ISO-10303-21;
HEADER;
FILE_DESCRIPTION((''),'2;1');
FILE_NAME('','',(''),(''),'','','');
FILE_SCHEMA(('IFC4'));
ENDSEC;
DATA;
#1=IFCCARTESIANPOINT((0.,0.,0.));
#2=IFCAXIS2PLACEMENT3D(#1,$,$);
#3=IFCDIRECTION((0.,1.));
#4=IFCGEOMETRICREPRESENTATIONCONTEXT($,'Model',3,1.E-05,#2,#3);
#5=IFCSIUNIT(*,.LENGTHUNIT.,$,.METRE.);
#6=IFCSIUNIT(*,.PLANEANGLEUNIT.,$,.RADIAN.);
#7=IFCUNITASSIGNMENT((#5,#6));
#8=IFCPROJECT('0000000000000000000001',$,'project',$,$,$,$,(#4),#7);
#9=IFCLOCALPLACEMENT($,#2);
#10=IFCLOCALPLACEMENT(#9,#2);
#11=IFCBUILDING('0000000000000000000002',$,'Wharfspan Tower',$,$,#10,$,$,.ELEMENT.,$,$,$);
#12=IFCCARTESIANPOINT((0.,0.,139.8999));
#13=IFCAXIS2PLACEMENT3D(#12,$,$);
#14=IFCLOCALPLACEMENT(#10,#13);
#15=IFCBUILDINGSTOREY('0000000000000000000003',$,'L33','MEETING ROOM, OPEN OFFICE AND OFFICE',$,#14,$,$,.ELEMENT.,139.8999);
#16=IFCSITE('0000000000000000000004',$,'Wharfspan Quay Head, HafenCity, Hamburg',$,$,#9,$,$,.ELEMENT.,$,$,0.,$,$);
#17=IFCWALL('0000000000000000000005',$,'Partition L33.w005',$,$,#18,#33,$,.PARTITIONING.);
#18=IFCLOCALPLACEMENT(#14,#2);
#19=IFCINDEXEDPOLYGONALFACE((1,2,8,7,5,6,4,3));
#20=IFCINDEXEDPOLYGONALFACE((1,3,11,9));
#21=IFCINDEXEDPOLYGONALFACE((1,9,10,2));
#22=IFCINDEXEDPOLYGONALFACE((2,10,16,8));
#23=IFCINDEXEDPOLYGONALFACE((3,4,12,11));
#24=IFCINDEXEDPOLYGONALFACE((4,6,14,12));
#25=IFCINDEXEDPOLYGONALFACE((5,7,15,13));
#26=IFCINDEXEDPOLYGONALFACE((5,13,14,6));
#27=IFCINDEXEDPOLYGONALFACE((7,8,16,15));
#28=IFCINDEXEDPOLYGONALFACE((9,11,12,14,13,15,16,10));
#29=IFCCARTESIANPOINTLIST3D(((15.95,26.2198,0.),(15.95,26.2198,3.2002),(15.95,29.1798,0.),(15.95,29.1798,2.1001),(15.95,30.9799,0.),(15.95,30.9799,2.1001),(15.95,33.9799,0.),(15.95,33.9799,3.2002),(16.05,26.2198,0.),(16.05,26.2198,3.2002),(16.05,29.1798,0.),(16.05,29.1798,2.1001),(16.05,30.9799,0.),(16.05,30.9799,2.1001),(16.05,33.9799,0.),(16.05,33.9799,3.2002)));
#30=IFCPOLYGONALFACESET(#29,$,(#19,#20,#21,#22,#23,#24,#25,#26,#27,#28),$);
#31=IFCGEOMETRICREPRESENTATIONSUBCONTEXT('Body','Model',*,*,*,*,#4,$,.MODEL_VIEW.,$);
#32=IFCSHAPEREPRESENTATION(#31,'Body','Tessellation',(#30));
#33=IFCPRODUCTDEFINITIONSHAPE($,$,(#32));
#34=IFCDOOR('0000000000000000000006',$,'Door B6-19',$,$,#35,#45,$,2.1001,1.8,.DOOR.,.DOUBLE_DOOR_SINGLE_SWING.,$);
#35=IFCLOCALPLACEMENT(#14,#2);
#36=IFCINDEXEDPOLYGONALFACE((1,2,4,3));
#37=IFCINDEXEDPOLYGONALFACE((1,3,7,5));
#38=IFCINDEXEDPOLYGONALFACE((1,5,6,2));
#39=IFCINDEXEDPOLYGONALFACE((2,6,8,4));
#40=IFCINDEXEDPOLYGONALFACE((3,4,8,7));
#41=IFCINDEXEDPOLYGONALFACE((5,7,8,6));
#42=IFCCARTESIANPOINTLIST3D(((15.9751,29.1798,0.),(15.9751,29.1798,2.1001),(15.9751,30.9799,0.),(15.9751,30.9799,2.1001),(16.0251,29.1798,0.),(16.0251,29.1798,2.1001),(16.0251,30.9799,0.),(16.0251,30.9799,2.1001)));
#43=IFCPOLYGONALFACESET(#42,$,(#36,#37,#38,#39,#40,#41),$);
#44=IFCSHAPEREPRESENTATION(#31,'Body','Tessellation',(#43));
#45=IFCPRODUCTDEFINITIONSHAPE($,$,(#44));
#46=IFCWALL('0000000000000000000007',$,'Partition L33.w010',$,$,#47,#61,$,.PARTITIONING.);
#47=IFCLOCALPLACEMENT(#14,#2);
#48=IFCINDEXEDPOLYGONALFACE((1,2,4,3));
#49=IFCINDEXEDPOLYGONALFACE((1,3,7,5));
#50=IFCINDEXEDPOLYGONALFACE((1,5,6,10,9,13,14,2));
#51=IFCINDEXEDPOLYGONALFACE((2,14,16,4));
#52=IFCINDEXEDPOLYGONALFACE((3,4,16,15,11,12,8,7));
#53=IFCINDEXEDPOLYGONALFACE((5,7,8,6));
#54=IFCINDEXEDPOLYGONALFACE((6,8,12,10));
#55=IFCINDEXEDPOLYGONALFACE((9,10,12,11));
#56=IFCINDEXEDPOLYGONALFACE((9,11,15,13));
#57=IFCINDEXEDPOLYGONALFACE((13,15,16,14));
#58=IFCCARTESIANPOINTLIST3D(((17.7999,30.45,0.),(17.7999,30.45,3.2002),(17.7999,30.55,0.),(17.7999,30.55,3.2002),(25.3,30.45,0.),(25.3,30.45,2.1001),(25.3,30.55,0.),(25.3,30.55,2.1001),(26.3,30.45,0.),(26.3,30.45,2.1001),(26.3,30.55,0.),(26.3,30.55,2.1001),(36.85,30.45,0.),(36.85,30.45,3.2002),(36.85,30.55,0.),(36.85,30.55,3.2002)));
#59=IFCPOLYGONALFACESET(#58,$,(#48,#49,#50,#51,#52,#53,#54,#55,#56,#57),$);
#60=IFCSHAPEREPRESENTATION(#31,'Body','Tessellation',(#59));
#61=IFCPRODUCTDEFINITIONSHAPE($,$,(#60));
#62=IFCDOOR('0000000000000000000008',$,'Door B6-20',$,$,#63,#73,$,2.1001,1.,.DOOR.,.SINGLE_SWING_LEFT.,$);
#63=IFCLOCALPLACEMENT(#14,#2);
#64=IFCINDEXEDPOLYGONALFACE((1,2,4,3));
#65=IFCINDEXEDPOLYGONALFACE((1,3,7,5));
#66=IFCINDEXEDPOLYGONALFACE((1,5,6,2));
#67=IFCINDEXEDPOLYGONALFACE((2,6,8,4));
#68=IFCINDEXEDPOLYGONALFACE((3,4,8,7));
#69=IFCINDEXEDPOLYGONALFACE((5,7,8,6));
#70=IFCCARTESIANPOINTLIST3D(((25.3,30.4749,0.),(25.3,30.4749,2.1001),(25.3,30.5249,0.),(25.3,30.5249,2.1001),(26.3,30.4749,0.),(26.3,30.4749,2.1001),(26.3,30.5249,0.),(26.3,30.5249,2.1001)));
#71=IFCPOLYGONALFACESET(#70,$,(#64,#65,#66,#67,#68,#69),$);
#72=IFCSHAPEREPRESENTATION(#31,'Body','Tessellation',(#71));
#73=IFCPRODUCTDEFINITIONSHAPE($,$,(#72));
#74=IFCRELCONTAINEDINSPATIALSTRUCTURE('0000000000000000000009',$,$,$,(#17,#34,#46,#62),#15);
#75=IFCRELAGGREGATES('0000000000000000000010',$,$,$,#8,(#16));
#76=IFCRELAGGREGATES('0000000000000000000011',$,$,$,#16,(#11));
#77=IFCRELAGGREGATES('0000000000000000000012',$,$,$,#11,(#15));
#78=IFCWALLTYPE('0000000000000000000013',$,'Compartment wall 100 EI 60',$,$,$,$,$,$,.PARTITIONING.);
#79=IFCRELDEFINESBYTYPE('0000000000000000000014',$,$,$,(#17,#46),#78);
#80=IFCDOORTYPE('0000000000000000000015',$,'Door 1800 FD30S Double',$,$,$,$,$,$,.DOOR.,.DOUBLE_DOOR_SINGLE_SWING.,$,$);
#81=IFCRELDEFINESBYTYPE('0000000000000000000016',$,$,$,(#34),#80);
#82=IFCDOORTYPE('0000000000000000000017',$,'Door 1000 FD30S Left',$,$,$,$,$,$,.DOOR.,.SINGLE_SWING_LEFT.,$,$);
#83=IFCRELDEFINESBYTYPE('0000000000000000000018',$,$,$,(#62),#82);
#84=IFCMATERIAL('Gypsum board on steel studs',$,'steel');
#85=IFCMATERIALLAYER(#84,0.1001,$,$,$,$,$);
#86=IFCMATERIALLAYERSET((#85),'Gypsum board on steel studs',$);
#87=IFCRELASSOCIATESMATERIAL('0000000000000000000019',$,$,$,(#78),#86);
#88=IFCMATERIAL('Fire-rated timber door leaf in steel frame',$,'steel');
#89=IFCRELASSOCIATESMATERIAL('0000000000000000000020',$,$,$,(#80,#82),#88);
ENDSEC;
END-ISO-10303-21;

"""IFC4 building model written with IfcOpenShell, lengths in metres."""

from ifc_helpers import new_model, si_unit, direction, frame, frame_2d, origin, place, context, subcontext, project, spatial, rectangle, extrude, material, layer, layer_set, type_object, element, fill, save


model = new_model("IFC4")

# Units and contexts
model_context = context("Model", 3, precision=1e-05, world=origin(), true_north=direction((0.0, 1.0)))
body_context = subcontext(model_context, "Body", "Model", "MODEL_VIEW")
ifc_project = project(units=[si_unit("LENGTHUNIT", "METRE"), si_unit("PLANEANGLEUNIT", "RADIAN")], contexts=[model_context])

# Site, building, storey
site_placement = place(None, origin())
site = spatial("IfcSite", under=ifc_project, at=site_placement, Name="Wharfspan Quay Head, HafenCity, Hamburg", CompositionType="ELEMENT", RefElevation=0.0)
building_placement = place(site_placement, origin())
building = spatial("IfcBuilding", under=site, at=building_placement, Name="Wharfspan Tower", CompositionType="ELEMENT")
storey_placement = place(building_placement, frame((0.0, 0.0, 139.8999)))
storey = spatial("IfcBuildingStorey", under=building, at=storey_placement, Name="L33", Description="MEETING ROOM, OPEN OFFICE AND OFFICE", CompositionType="ELEMENT", Elevation=139.8999)

# Walls, openings, doors
ifc_material_1 = material(Name="Gypsum board on steel studs", Category="steel")
ifc_layer_1 = layer(ifc_material_1, 0.1001)
ifc_layer_set_1 = layer_set([ifc_layer_1], Name="Gypsum board on steel studs")
wall_type_1 = type_object("IfcWallType", Name="Compartment wall 100 EI 60", PredefinedType="PARTITIONING", material=ifc_layer_set_1)
wall_1_placement = place(storey_placement, frame((16.0, 26.22, 0.0), z_axis=(0.0, 0.0, 1.0), x_axis=(0.0, 1.0, 0.0)))
wall_1 = element("IfcWall", 1, at=wall_1_placement, inside=storey, type_object=wall_type_1, Name="Partition L33.w005", PredefinedType="PARTITIONING", context=body_context, shape_type="SweptSolid", body=[
    extrude(rectangle(XDim=7.76, YDim=0.1001, at=frame_2d((3.8799, 0.0))), origin(), (0.0, 0.0, 1.0), 3.2002),
])
opening_1_placement = place(wall_1_placement, frame((2.96, 0.0, 0.0)))
opening_1 = element("IfcOpeningElement", 2, at=opening_1_placement, cuts=wall_1, PredefinedType="OPENING", context=body_context, shape_type="SweptSolid", body=[
    extrude(rectangle(XDim=1.8, YDim=2.1001, at=frame_2d((0.8999, 1.05))), frame((0.0, 0.0601, 0.0), z_axis=(0.0, -1.0, 0.0), x_axis=(1.0, 0.0, 0.0)), (0.0, 0.0, 1.0), 0.1201),
])
ifc_material_2 = material(Name="Fire-rated timber door leaf in steel frame", Category="steel")
door_type_1 = type_object("IfcDoorType", Name="Door 1800 FD30S Double", OperationType="DOUBLE_DOOR_SINGLE_SWING", PredefinedType="DOOR", material=ifc_material_2)
door_1_placement = place(opening_1_placement, origin())
door_1 = element("IfcDoor", 3, at=door_1_placement, inside=storey, type_object=door_type_1, Name="Door B6-19", OperationType="DOUBLE_DOOR_SINGLE_SWING", OverallHeight=2.1001, OverallWidth=1.8, PredefinedType="DOOR", context=body_context, shape_type="SweptSolid", body=[
    extrude(rectangle(XDim=1.8, YDim=2.1001, at=frame_2d((0.8999, 1.05))), frame((0.0, 0.0249, 0.0), z_axis=(0.0, -1.0, 0.0), x_axis=(1.0, 0.0, 0.0)), (0.0, 0.0, 1.0), 0.05),
])
fill(opening_1, door_1)
wall_2_placement = place(storey_placement, frame((17.8, 30.5, 0.0), z_axis=(0.0, 0.0, 1.0), x_axis=(1.0, 0.0, 0.0)))
wall_2 = element("IfcWall", 4, at=wall_2_placement, inside=storey, type_object=wall_type_1, Name="Partition L33.w010", PredefinedType="PARTITIONING", context=body_context, shape_type="SweptSolid", body=[
    extrude(rectangle(XDim=19.05, YDim=0.1001, at=frame_2d((9.5249, 0.0))), origin(), (0.0, 0.0, 1.0), 3.2002),
])
opening_2_placement = place(wall_2_placement, frame((7.5, 0.0, 0.0)))
opening_2 = element("IfcOpeningElement", 5, at=opening_2_placement, cuts=wall_2, PredefinedType="OPENING", context=body_context, shape_type="SweptSolid", body=[
    extrude(rectangle(XDim=1.0, YDim=2.1001, at=frame_2d((0.5, 1.05))), frame((0.0, 0.0601, 0.0), z_axis=(0.0, -1.0, 0.0), x_axis=(1.0, 0.0, 0.0)), (0.0, 0.0, 1.0), 0.1201),
])
door_type_2 = type_object("IfcDoorType", Name="Door 1000 FD30S Left", OperationType="SINGLE_SWING_LEFT", PredefinedType="DOOR", material=ifc_material_2)
door_2_placement = place(opening_2_placement, origin())
door_2 = element("IfcDoor", 6, at=door_2_placement, inside=storey, type_object=door_type_2, Name="Door B6-20", OperationType="SINGLE_SWING_LEFT", OverallHeight=2.1001, OverallWidth=1.0, PredefinedType="DOOR", context=body_context, shape_type="SweptSolid", body=[
    extrude(rectangle(XDim=1.0, YDim=2.1001, at=frame_2d((0.5, 1.05))), frame((0.0, 0.0249, 0.0), z_axis=(0.0, -1.0, 0.0), x_axis=(1.0, 0.0, 0.0)), (0.0, 0.0, 1.0), 0.05),
])
fill(opening_2, door_2)

save(model, "model.ifc")
